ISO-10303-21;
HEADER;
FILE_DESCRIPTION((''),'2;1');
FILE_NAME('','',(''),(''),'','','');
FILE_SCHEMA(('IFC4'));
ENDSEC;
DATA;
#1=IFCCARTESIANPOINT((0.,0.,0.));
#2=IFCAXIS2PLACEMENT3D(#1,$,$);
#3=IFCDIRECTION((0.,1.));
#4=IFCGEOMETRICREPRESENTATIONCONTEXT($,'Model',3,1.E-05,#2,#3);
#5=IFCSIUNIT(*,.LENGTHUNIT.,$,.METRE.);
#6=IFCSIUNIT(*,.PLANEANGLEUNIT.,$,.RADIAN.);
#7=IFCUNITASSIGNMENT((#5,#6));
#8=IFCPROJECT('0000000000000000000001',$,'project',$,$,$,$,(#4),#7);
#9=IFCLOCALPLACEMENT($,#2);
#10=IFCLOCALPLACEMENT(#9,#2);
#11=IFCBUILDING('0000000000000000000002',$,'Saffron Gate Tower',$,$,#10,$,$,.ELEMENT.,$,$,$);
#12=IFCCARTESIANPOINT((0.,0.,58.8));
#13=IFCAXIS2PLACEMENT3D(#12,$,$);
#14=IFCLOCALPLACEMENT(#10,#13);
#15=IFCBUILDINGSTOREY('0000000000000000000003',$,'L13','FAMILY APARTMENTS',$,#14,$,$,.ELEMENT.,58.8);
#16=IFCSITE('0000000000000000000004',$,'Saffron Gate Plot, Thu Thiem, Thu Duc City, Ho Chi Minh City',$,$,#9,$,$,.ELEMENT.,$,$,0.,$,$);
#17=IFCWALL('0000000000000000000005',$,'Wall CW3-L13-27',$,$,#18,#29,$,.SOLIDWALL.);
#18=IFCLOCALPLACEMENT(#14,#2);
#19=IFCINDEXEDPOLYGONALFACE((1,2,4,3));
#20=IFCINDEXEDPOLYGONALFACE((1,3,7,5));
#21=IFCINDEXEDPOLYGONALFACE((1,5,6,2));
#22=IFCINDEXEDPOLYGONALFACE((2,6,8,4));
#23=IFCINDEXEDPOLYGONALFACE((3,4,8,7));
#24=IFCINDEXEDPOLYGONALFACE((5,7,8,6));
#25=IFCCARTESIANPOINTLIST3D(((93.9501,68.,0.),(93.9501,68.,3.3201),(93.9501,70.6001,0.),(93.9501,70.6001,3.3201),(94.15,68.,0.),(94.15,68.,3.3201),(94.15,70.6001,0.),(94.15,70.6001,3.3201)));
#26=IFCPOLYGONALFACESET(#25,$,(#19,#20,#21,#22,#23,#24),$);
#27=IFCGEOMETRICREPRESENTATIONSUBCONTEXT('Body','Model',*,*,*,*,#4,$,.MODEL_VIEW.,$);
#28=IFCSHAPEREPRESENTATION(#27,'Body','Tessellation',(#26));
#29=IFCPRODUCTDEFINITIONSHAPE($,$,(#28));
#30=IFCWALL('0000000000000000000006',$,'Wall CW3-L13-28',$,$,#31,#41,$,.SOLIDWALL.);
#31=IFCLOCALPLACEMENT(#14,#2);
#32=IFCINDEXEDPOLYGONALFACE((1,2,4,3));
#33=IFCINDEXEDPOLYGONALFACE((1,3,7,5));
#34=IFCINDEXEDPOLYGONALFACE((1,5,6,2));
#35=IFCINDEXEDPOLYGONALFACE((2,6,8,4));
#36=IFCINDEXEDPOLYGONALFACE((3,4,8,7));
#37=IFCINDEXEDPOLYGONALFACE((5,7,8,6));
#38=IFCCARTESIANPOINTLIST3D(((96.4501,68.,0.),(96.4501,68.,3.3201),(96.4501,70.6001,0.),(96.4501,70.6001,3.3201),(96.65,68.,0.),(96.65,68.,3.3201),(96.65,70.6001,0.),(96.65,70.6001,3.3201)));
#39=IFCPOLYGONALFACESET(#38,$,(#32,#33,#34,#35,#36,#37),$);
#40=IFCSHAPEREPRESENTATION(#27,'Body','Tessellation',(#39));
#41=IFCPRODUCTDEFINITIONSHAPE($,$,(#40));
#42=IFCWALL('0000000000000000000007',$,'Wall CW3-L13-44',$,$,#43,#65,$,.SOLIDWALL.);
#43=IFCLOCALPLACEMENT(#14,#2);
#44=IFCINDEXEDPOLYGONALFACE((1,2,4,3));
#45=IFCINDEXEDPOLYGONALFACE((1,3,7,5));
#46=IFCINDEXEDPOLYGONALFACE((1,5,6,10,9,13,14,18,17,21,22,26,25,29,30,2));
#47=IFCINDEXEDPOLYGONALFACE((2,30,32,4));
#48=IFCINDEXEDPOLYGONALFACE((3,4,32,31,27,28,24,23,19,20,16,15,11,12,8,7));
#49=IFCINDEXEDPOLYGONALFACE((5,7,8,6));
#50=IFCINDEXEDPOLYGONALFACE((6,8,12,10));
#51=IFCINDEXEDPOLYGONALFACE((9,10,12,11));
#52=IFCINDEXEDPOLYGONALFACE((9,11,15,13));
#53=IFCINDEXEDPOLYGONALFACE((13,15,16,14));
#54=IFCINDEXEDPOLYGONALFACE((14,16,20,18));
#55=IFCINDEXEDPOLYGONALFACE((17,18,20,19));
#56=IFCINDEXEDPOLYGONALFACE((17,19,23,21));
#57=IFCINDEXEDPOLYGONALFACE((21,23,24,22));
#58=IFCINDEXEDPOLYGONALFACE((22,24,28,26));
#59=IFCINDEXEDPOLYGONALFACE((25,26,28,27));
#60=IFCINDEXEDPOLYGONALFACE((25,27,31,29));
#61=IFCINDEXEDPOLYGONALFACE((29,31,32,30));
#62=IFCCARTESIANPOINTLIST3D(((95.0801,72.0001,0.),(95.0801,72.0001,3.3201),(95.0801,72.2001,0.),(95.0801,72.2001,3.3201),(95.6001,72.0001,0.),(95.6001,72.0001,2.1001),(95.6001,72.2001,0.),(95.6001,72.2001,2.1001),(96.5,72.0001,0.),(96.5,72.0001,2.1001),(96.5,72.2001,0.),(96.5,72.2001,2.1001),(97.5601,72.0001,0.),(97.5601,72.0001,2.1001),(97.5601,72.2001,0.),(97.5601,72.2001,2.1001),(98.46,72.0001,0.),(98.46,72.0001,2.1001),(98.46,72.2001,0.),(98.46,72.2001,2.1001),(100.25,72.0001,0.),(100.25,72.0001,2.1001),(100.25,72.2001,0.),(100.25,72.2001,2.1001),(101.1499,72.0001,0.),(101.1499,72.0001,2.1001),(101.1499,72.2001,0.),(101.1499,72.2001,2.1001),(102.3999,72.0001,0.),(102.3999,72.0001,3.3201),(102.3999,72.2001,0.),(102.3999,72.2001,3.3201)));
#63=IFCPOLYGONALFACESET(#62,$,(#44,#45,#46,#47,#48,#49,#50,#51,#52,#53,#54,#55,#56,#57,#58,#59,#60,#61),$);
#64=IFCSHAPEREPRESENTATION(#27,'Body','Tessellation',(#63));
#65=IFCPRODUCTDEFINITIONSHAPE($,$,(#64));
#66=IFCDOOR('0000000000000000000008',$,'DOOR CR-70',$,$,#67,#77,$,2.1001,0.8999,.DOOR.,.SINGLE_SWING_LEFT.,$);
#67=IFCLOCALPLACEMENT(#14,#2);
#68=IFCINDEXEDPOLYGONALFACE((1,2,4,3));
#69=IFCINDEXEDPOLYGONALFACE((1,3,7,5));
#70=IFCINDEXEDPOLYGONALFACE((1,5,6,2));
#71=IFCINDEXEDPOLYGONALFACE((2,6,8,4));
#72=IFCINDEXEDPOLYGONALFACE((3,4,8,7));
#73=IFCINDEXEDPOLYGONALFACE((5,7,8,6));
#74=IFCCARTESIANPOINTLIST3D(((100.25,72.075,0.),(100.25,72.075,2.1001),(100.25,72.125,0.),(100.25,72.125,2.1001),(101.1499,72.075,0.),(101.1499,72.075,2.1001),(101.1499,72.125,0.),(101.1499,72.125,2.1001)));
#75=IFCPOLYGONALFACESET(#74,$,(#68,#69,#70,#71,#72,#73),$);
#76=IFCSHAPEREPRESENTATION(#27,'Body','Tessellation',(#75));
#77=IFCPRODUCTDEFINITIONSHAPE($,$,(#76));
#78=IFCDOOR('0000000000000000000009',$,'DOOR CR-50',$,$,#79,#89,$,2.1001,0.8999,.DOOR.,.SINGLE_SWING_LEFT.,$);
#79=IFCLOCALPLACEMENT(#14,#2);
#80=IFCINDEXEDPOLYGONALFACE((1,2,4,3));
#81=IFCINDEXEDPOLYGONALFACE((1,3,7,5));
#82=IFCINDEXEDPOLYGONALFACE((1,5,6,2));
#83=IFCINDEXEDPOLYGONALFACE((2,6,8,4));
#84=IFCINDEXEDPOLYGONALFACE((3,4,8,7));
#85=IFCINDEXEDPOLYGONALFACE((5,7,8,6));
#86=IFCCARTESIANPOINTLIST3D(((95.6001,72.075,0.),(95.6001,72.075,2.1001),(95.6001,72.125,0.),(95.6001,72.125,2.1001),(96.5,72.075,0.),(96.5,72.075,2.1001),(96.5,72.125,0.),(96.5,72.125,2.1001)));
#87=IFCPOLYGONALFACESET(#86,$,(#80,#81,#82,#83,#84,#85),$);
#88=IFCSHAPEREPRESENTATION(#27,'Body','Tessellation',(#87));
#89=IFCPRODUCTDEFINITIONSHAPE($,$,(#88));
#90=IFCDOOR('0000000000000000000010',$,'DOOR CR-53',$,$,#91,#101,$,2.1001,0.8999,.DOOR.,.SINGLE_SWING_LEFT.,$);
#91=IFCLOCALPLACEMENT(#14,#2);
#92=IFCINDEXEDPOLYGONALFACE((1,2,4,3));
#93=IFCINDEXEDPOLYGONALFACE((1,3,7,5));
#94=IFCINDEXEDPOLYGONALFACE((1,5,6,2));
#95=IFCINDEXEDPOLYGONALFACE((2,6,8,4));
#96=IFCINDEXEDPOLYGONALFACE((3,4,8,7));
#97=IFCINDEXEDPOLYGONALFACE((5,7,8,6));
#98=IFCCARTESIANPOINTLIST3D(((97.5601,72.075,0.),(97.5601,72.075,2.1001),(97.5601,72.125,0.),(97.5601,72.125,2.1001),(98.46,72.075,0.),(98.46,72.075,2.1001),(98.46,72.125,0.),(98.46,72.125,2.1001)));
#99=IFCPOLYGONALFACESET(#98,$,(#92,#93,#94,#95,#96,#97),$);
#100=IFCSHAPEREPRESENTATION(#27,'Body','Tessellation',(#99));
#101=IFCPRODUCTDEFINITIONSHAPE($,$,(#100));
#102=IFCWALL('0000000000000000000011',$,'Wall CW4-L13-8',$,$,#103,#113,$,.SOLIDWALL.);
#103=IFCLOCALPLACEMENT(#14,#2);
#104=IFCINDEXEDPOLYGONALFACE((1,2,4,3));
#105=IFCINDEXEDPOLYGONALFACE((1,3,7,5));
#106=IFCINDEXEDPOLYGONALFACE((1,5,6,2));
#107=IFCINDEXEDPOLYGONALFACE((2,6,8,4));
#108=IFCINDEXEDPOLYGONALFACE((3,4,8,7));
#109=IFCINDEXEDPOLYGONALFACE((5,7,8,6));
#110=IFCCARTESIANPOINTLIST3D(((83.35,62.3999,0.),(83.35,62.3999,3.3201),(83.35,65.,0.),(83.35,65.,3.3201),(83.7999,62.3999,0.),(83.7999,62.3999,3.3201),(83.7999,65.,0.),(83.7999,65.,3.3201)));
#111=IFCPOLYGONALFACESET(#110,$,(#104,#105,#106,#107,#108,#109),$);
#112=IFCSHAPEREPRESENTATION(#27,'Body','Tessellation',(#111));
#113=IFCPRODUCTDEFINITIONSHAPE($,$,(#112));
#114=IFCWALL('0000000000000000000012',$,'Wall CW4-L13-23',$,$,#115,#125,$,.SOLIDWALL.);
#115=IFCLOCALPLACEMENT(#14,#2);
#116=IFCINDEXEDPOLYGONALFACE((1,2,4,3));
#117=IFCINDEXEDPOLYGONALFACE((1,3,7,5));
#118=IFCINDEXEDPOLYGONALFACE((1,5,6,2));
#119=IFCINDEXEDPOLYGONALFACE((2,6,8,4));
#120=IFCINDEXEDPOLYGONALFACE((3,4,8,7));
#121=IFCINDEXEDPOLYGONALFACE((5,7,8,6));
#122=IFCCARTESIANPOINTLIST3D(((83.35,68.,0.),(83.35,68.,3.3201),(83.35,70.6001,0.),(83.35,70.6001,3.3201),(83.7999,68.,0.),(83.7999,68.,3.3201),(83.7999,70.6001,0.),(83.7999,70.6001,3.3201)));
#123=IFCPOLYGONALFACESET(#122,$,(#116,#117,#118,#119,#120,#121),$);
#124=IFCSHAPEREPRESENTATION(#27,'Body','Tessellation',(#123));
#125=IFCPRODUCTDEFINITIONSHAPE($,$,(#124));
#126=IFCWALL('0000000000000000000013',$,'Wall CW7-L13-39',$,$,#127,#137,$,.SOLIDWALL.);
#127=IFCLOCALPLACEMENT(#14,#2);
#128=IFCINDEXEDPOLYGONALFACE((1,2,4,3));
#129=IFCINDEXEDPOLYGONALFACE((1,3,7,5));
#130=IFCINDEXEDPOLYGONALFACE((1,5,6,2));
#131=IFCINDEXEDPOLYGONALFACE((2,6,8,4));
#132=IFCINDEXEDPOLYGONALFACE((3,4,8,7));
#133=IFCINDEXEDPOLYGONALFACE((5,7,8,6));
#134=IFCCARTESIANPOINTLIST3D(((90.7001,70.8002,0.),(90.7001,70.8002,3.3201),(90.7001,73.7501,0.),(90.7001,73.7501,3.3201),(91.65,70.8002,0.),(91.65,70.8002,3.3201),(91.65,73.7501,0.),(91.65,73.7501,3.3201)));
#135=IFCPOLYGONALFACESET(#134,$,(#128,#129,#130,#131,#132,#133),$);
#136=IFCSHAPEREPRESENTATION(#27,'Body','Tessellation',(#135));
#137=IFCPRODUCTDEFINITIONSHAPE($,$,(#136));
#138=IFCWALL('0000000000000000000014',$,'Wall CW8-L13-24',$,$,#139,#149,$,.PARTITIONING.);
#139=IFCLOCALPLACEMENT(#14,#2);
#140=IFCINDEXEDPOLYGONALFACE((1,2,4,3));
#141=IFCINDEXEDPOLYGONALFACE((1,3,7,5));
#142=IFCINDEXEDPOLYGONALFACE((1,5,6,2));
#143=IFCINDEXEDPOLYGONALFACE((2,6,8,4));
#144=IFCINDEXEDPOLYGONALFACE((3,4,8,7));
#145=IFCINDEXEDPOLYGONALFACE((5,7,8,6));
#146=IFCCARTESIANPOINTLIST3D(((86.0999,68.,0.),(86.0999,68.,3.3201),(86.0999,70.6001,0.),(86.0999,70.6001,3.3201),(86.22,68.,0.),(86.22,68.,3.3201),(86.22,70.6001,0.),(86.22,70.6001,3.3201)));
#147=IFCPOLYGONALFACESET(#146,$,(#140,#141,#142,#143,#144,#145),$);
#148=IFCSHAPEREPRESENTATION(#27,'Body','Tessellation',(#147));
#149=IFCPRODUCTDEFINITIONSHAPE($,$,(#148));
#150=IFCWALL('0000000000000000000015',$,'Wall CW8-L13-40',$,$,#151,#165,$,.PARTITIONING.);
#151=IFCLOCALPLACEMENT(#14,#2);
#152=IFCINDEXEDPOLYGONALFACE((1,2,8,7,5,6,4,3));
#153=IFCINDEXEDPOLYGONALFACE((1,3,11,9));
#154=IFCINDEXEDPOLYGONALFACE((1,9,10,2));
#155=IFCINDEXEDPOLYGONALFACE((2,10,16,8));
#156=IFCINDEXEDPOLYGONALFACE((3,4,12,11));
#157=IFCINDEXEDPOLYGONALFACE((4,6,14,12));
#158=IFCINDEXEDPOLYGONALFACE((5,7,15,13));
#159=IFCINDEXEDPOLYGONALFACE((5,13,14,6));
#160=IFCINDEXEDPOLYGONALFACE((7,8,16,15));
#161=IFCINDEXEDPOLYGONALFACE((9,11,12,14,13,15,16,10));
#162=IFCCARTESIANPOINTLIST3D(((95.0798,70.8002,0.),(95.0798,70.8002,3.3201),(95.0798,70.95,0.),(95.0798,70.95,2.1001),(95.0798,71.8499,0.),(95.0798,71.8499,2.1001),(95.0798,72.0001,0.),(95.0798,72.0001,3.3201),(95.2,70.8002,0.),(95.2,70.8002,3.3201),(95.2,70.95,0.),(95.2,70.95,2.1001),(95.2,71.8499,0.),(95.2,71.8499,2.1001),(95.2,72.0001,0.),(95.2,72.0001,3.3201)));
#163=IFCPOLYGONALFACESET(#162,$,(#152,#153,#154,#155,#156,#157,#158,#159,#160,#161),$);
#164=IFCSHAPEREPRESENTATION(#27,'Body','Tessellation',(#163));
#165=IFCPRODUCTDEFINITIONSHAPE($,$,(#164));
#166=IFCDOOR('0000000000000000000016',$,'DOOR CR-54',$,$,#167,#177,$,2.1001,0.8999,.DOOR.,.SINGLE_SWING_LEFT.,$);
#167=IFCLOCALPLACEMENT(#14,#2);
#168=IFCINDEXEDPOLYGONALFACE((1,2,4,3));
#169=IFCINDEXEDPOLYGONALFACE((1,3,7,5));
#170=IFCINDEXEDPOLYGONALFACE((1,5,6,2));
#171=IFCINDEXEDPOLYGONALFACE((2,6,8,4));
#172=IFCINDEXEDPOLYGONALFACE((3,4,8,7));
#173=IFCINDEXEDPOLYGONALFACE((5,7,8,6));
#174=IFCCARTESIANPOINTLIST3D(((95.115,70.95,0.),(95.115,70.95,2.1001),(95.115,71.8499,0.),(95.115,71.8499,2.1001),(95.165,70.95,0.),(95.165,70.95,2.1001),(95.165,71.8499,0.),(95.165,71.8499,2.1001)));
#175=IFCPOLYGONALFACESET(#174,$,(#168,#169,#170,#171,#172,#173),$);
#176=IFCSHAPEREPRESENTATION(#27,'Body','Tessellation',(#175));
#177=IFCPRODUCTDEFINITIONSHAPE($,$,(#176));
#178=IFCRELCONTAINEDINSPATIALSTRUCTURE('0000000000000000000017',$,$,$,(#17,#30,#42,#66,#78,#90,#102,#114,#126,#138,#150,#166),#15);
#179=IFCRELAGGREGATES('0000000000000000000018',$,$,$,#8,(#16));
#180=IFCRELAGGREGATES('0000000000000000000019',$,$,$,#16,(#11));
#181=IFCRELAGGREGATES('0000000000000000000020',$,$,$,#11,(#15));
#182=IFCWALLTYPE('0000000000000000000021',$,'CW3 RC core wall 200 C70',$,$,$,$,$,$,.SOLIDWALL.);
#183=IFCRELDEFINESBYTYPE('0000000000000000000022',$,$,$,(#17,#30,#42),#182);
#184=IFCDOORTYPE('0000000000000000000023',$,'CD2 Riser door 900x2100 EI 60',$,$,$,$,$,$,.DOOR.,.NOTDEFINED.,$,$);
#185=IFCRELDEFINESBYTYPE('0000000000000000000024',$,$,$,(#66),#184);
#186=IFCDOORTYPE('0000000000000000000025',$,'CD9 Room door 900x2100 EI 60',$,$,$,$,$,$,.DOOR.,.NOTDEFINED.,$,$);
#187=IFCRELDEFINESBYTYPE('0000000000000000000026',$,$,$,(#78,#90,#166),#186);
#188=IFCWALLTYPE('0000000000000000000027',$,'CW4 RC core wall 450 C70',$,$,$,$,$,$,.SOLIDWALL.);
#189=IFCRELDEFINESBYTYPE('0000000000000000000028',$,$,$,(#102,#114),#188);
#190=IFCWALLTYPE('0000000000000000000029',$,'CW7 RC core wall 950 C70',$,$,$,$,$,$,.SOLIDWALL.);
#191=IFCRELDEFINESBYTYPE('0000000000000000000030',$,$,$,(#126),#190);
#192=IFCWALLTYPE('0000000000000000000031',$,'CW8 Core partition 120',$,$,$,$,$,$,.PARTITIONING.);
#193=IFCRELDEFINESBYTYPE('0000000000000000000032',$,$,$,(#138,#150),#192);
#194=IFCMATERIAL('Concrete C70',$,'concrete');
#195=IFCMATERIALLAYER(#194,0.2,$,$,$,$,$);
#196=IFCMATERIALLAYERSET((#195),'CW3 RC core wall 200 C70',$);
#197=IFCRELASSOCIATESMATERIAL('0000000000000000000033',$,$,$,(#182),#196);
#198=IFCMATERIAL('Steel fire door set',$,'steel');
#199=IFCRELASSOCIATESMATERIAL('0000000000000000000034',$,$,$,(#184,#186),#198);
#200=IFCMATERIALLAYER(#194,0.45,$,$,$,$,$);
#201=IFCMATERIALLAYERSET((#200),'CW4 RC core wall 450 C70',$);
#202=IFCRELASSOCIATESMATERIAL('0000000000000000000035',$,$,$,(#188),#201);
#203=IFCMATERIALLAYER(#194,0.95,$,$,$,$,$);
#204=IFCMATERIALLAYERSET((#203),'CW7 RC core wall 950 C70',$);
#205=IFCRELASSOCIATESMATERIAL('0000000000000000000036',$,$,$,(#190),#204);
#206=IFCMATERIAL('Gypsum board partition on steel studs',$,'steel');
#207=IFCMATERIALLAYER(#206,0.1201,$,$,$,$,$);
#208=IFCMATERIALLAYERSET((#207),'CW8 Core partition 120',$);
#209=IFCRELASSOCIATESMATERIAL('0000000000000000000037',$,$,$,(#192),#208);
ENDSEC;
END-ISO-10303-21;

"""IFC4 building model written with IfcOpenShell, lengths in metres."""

from ifc_helpers import new_model, si_unit, direction, frame, frame_2d, origin, place, context, subcontext, project, spatial, rectangle, extrude, material, layer, layer_set, type_object, element, fill, save


model = new_model("IFC4")

# Units and contexts
model_context = context("Model", 3, precision=1e-05, world=origin(), true_north=direction((0.0, 1.0)))
body_context = subcontext(model_context, "Body", "Model", "MODEL_VIEW")
ifc_project = project(units=[si_unit("LENGTHUNIT", "METRE"), si_unit("PLANEANGLEUNIT", "RADIAN")], contexts=[model_context])

# Site, building, storey
site_placement = place(None, origin())
site = spatial("IfcSite", under=ifc_project, at=site_placement, Name="Saffron Gate Plot, Thu Thiem, Thu Duc City, Ho Chi Minh City", CompositionType="ELEMENT", RefElevation=0.0)
building_placement = place(site_placement, origin())
building = spatial("IfcBuilding", under=site, at=building_placement, Name="Saffron Gate Tower", CompositionType="ELEMENT")
storey_placement = place(building_placement, frame((0.0, 0.0, 58.8)))
storey = spatial("IfcBuildingStorey", under=building, at=storey_placement, Name="L13", Description="FAMILY APARTMENTS", CompositionType="ELEMENT", Elevation=58.8)

# Shared definitions
ifc_material_1 = material(Name="Gypsum board partition on steel studs", Category="steel")
ifc_material_2 = material(Name="Concrete C70", Category="concrete")

# Shared definitions
ifc_material_3 = material(Name="Steel fire door set", Category="steel")

# Shared definitions
ifc_layer_1 = layer(ifc_material_2, 0.2)
ifc_layer_set_1 = layer_set([ifc_layer_1], Name="CW3 RC core wall 200 C70")
wall_type_1 = type_object("IfcWallType", Name="CW3 RC core wall 200 C70", PredefinedType="SOLIDWALL", material=ifc_layer_set_1)

# Shared definitions
door_type_1 = type_object("IfcDoorType", Name="CD2 Riser door 900x2100 EI 60", OperationType="NOTDEFINED", PredefinedType="DOOR", material=ifc_material_3)

# Walls
for number, where, z_axis, x_axis, name in (
    (1, (94.05, 68.0, 0.0), (0.0, 0.0, 1.0), (0.0, 1.0, 0.0), "Wall CW3-L13-27"),
    (2, (96.55, 68.0, 0.0), (0.0, 0.0, 1.0), (0.0, 1.0, 0.0), "Wall CW3-L13-28"),
):
    element("IfcWall", number, at=place(storey_placement, frame(where, z_axis=z_axis, x_axis=x_axis)), inside=storey, type_object=wall_type_1, Name=name, PredefinedType="SOLIDWALL", context=body_context, shape_type="SweptSolid", body=[
        extrude(rectangle(XDim=2.6001, YDim=0.2, at=frame_2d((1.3, 0.0))), origin(), (0.0, 0.0, 1.0), 3.3201),
    ])

# Wall, openings, doors
wall_1_placement = place(storey_placement, frame((95.0801, 72.1001, 0.0), z_axis=(0.0, 0.0, 1.0), x_axis=(1.0, 0.0, 0.0)))
wall_1 = element("IfcWall", 3, at=wall_1_placement, inside=storey, type_object=wall_type_1, Name="Wall CW3-L13-44", PredefinedType="SOLIDWALL", context=body_context, shape_type="SweptSolid", body=[
    extrude(rectangle(XDim=7.3198, YDim=0.2, at=frame_2d((3.6599, 0.0))), origin(), (0.0, 0.0, 1.0), 3.3201),
])
opening_1_placement = place(wall_1_placement, frame((0.52, 0.0, 0.0)))
opening_1 = element("IfcOpeningElement", 4, at=opening_1_placement, cuts=wall_1, PredefinedType="OPENING", context=body_context, shape_type="SweptSolid", body=[
    extrude(rectangle(XDim=0.8999, YDim=2.1001, at=frame_2d((0.45, 1.05))), frame((0.0, 0.1099, 0.0), z_axis=(0.0, -1.0, 0.0), x_axis=(1.0, 0.0, 0.0)), (0.0, 0.0, 1.0), 0.22),
])
opening_2_placement = place(wall_1_placement, frame((2.48, 0.0, 0.0)))
opening_2 = element("IfcOpeningElement", 5, at=opening_2_placement, cuts=wall_1, PredefinedType="OPENING", context=body_context, shape_type="SweptSolid", body=[
    extrude(rectangle(XDim=0.8999, YDim=2.1001, at=frame_2d((0.45, 1.05))), frame((0.0, 0.1099, 0.0), z_axis=(0.0, -1.0, 0.0), x_axis=(1.0, 0.0, 0.0)), (0.0, 0.0, 1.0), 0.22),
])
opening_3_placement = place(wall_1_placement, frame((5.1699, 0.0, 0.0)))
opening_3 = element("IfcOpeningElement", 6, at=opening_3_placement, cuts=wall_1, PredefinedType="OPENING", context=body_context, shape_type="SweptSolid", body=[
    extrude(rectangle(XDim=0.8999, YDim=2.1001, at=frame_2d((0.45, 1.05))), frame((0.0, 0.1099, 0.0), z_axis=(0.0, -1.0, 0.0), x_axis=(1.0, 0.0, 0.0)), (0.0, 0.0, 1.0), 0.22),
])
door_1_placement = place(opening_3_placement, origin())
door_1 = element("IfcDoor", 7, at=door_1_placement, inside=storey, type_object=door_type_1, Name="DOOR CR-70", OperationType="SINGLE_SWING_LEFT", OverallHeight=2.1001, OverallWidth=0.8999, PredefinedType="DOOR", context=body_context, shape_type="SweptSolid", body=[
    extrude(rectangle(XDim=0.8999, YDim=2.1001, at=frame_2d((0.45, 1.05))), frame((0.0, 0.0249, 0.0), z_axis=(0.0, -1.0, 0.0), x_axis=(1.0, 0.0, 0.0)), (0.0, 0.0, 1.0), 0.05),
])
fill(opening_3, door_1)
door_type_2 = type_object("IfcDoorType", Name="CD9 Room door 900x2100 EI 60", OperationType="NOTDEFINED", PredefinedType="DOOR", material=ifc_material_3)
door_2_placement = place(opening_1_placement, origin())
door_2 = element("IfcDoor", 8, at=door_2_placement, inside=storey, type_object=door_type_2, Name="DOOR CR-50", OperationType="SINGLE_SWING_LEFT", OverallHeight=2.1001, OverallWidth=0.8999, PredefinedType="DOOR", context=body_context, shape_type="SweptSolid", body=[
    extrude(rectangle(XDim=0.8999, YDim=2.1001, at=frame_2d((0.45, 1.05))), frame((0.0, 0.0249, 0.0), z_axis=(0.0, -1.0, 0.0), x_axis=(1.0, 0.0, 0.0)), (0.0, 0.0, 1.0), 0.05),
])
fill(opening_1, door_2)
door_3_placement = place(opening_2_placement, origin())
door_3 = element("IfcDoor", 9, at=door_3_placement, inside=storey, type_object=door_type_2, Name="DOOR CR-53", OperationType="SINGLE_SWING_LEFT", OverallHeight=2.1001, OverallWidth=0.8999, PredefinedType="DOOR", context=body_context, shape_type="SweptSolid", body=[
    extrude(rectangle(XDim=0.8999, YDim=2.1001, at=frame_2d((0.45, 1.05))), frame((0.0, 0.0249, 0.0), z_axis=(0.0, -1.0, 0.0), x_axis=(1.0, 0.0, 0.0)), (0.0, 0.0, 1.0), 0.05),
])
fill(opening_2, door_3)

# Walls
ifc_layer_2 = layer(ifc_material_2, 0.45)
ifc_layer_set_2 = layer_set([ifc_layer_2], Name="CW4 RC core wall 450 C70")
wall_type_2 = type_object("IfcWallType", Name="CW4 RC core wall 450 C70", PredefinedType="SOLIDWALL", material=ifc_layer_set_2)
for number, where, z_axis, x_axis, name in (
    (10, (83.575, 62.3999, 0.0), (0.0, 0.0, 1.0), (0.0, 1.0, 0.0), "Wall CW4-L13-8"),
    (11, (83.575, 68.0, 0.0), (0.0, 0.0, 1.0), (0.0, 1.0, 0.0), "Wall CW4-L13-23"),
):
    element("IfcWall", number, at=place(storey_placement, frame(where, z_axis=z_axis, x_axis=x_axis)), inside=storey, type_object=wall_type_2, Name=name, PredefinedType="SOLIDWALL", context=body_context, shape_type="SweptSolid", body=[
        extrude(rectangle(XDim=2.6001, YDim=0.45, at=frame_2d((1.3, 0.0))), origin(), (0.0, 0.0, 1.0), 3.3201),
    ])
ifc_layer_3 = layer(ifc_material_2, 0.95)
ifc_layer_set_3 = layer_set([ifc_layer_3], Name="CW7 RC core wall 950 C70")
wall_type_3 = type_object("IfcWallType", Name="CW7 RC core wall 950 C70", PredefinedType="SOLIDWALL", material=ifc_layer_set_3)
wall_2_placement = place(storey_placement, frame((91.175, 70.8, 0.0), z_axis=(0.0, 0.0, 1.0), x_axis=(0.0, 1.0, 0.0)))
element("IfcWall", 12, at=wall_2_placement, inside=storey, type_object=wall_type_3, Name="Wall CW7-L13-39", PredefinedType="SOLIDWALL", context=body_context, shape_type="SweptSolid", body=[
    extrude(rectangle(XDim=2.95, YDim=0.95, at=frame_2d((1.4751, 0.0))), origin(), (0.0, 0.0, 1.0), 3.3201),
])
ifc_layer_4 = layer(ifc_material_1, 0.1201)
ifc_layer_set_4 = layer_set([ifc_layer_4], Name="CW8 Core partition 120")
wall_type_4 = type_object("IfcWallType", Name="CW8 Core partition 120", PredefinedType="PARTITIONING", material=ifc_layer_set_4)
wall_3_placement = place(storey_placement, frame((86.1599, 68.0, 0.0), z_axis=(0.0, 0.0, 1.0), x_axis=(0.0, 1.0, 0.0)))
element("IfcWall", 13, at=wall_3_placement, inside=storey, type_object=wall_type_4, Name="Wall CW8-L13-24", PredefinedType="PARTITIONING", context=body_context, shape_type="SweptSolid", body=[
    extrude(rectangle(XDim=2.6001, YDim=0.1201, at=frame_2d((1.3, 0.0))), origin(), (0.0, 0.0, 1.0), 3.3201),
])

# Wall, opening, door
wall_4_placement = place(storey_placement, frame((95.1399, 70.8, 0.0), z_axis=(0.0, 0.0, 1.0), x_axis=(0.0, 1.0, 0.0)))
wall_4 = element("IfcWall", 14, at=wall_4_placement, inside=storey, type_object=wall_type_4, Name="Wall CW8-L13-40", PredefinedType="PARTITIONING", context=body_context, shape_type="SweptSolid", body=[
    extrude(rectangle(XDim=1.2, YDim=0.1201, at=frame_2d((0.6001, 0.0))), origin(), (0.0, 0.0, 1.0), 3.3201),
])
opening_4_placement = place(wall_4_placement, frame((0.1499, 0.0, 0.0)))
opening_4 = element("IfcOpeningElement", 15, at=opening_4_placement, cuts=wall_4, PredefinedType="OPENING", context=body_context, shape_type="SweptSolid", body=[
    extrude(rectangle(XDim=0.8999, YDim=2.1001, at=frame_2d((0.45, 1.05))), frame((0.0, 0.0701, 0.0), z_axis=(0.0, -1.0, 0.0), x_axis=(1.0, 0.0, 0.0)), (0.0, 0.0, 1.0), 0.1401),
])
door_4_placement = place(opening_4_placement, origin())
door_4 = element("IfcDoor", 16, at=door_4_placement, inside=storey, type_object=door_type_2, Name="DOOR CR-54", OperationType="SINGLE_SWING_LEFT", OverallHeight=2.1001, OverallWidth=0.8999, PredefinedType="DOOR", context=body_context, shape_type="SweptSolid", body=[
    extrude(rectangle(XDim=0.8999, YDim=2.1001, at=frame_2d((0.45, 1.05))), frame((0.0, 0.0249, 0.0), z_axis=(0.0, -1.0, 0.0), x_axis=(1.0, 0.0, 0.0)), (0.0, 0.0, 1.0), 0.05),
])
fill(opening_4, door_4)

save(model, "model.ifc")
